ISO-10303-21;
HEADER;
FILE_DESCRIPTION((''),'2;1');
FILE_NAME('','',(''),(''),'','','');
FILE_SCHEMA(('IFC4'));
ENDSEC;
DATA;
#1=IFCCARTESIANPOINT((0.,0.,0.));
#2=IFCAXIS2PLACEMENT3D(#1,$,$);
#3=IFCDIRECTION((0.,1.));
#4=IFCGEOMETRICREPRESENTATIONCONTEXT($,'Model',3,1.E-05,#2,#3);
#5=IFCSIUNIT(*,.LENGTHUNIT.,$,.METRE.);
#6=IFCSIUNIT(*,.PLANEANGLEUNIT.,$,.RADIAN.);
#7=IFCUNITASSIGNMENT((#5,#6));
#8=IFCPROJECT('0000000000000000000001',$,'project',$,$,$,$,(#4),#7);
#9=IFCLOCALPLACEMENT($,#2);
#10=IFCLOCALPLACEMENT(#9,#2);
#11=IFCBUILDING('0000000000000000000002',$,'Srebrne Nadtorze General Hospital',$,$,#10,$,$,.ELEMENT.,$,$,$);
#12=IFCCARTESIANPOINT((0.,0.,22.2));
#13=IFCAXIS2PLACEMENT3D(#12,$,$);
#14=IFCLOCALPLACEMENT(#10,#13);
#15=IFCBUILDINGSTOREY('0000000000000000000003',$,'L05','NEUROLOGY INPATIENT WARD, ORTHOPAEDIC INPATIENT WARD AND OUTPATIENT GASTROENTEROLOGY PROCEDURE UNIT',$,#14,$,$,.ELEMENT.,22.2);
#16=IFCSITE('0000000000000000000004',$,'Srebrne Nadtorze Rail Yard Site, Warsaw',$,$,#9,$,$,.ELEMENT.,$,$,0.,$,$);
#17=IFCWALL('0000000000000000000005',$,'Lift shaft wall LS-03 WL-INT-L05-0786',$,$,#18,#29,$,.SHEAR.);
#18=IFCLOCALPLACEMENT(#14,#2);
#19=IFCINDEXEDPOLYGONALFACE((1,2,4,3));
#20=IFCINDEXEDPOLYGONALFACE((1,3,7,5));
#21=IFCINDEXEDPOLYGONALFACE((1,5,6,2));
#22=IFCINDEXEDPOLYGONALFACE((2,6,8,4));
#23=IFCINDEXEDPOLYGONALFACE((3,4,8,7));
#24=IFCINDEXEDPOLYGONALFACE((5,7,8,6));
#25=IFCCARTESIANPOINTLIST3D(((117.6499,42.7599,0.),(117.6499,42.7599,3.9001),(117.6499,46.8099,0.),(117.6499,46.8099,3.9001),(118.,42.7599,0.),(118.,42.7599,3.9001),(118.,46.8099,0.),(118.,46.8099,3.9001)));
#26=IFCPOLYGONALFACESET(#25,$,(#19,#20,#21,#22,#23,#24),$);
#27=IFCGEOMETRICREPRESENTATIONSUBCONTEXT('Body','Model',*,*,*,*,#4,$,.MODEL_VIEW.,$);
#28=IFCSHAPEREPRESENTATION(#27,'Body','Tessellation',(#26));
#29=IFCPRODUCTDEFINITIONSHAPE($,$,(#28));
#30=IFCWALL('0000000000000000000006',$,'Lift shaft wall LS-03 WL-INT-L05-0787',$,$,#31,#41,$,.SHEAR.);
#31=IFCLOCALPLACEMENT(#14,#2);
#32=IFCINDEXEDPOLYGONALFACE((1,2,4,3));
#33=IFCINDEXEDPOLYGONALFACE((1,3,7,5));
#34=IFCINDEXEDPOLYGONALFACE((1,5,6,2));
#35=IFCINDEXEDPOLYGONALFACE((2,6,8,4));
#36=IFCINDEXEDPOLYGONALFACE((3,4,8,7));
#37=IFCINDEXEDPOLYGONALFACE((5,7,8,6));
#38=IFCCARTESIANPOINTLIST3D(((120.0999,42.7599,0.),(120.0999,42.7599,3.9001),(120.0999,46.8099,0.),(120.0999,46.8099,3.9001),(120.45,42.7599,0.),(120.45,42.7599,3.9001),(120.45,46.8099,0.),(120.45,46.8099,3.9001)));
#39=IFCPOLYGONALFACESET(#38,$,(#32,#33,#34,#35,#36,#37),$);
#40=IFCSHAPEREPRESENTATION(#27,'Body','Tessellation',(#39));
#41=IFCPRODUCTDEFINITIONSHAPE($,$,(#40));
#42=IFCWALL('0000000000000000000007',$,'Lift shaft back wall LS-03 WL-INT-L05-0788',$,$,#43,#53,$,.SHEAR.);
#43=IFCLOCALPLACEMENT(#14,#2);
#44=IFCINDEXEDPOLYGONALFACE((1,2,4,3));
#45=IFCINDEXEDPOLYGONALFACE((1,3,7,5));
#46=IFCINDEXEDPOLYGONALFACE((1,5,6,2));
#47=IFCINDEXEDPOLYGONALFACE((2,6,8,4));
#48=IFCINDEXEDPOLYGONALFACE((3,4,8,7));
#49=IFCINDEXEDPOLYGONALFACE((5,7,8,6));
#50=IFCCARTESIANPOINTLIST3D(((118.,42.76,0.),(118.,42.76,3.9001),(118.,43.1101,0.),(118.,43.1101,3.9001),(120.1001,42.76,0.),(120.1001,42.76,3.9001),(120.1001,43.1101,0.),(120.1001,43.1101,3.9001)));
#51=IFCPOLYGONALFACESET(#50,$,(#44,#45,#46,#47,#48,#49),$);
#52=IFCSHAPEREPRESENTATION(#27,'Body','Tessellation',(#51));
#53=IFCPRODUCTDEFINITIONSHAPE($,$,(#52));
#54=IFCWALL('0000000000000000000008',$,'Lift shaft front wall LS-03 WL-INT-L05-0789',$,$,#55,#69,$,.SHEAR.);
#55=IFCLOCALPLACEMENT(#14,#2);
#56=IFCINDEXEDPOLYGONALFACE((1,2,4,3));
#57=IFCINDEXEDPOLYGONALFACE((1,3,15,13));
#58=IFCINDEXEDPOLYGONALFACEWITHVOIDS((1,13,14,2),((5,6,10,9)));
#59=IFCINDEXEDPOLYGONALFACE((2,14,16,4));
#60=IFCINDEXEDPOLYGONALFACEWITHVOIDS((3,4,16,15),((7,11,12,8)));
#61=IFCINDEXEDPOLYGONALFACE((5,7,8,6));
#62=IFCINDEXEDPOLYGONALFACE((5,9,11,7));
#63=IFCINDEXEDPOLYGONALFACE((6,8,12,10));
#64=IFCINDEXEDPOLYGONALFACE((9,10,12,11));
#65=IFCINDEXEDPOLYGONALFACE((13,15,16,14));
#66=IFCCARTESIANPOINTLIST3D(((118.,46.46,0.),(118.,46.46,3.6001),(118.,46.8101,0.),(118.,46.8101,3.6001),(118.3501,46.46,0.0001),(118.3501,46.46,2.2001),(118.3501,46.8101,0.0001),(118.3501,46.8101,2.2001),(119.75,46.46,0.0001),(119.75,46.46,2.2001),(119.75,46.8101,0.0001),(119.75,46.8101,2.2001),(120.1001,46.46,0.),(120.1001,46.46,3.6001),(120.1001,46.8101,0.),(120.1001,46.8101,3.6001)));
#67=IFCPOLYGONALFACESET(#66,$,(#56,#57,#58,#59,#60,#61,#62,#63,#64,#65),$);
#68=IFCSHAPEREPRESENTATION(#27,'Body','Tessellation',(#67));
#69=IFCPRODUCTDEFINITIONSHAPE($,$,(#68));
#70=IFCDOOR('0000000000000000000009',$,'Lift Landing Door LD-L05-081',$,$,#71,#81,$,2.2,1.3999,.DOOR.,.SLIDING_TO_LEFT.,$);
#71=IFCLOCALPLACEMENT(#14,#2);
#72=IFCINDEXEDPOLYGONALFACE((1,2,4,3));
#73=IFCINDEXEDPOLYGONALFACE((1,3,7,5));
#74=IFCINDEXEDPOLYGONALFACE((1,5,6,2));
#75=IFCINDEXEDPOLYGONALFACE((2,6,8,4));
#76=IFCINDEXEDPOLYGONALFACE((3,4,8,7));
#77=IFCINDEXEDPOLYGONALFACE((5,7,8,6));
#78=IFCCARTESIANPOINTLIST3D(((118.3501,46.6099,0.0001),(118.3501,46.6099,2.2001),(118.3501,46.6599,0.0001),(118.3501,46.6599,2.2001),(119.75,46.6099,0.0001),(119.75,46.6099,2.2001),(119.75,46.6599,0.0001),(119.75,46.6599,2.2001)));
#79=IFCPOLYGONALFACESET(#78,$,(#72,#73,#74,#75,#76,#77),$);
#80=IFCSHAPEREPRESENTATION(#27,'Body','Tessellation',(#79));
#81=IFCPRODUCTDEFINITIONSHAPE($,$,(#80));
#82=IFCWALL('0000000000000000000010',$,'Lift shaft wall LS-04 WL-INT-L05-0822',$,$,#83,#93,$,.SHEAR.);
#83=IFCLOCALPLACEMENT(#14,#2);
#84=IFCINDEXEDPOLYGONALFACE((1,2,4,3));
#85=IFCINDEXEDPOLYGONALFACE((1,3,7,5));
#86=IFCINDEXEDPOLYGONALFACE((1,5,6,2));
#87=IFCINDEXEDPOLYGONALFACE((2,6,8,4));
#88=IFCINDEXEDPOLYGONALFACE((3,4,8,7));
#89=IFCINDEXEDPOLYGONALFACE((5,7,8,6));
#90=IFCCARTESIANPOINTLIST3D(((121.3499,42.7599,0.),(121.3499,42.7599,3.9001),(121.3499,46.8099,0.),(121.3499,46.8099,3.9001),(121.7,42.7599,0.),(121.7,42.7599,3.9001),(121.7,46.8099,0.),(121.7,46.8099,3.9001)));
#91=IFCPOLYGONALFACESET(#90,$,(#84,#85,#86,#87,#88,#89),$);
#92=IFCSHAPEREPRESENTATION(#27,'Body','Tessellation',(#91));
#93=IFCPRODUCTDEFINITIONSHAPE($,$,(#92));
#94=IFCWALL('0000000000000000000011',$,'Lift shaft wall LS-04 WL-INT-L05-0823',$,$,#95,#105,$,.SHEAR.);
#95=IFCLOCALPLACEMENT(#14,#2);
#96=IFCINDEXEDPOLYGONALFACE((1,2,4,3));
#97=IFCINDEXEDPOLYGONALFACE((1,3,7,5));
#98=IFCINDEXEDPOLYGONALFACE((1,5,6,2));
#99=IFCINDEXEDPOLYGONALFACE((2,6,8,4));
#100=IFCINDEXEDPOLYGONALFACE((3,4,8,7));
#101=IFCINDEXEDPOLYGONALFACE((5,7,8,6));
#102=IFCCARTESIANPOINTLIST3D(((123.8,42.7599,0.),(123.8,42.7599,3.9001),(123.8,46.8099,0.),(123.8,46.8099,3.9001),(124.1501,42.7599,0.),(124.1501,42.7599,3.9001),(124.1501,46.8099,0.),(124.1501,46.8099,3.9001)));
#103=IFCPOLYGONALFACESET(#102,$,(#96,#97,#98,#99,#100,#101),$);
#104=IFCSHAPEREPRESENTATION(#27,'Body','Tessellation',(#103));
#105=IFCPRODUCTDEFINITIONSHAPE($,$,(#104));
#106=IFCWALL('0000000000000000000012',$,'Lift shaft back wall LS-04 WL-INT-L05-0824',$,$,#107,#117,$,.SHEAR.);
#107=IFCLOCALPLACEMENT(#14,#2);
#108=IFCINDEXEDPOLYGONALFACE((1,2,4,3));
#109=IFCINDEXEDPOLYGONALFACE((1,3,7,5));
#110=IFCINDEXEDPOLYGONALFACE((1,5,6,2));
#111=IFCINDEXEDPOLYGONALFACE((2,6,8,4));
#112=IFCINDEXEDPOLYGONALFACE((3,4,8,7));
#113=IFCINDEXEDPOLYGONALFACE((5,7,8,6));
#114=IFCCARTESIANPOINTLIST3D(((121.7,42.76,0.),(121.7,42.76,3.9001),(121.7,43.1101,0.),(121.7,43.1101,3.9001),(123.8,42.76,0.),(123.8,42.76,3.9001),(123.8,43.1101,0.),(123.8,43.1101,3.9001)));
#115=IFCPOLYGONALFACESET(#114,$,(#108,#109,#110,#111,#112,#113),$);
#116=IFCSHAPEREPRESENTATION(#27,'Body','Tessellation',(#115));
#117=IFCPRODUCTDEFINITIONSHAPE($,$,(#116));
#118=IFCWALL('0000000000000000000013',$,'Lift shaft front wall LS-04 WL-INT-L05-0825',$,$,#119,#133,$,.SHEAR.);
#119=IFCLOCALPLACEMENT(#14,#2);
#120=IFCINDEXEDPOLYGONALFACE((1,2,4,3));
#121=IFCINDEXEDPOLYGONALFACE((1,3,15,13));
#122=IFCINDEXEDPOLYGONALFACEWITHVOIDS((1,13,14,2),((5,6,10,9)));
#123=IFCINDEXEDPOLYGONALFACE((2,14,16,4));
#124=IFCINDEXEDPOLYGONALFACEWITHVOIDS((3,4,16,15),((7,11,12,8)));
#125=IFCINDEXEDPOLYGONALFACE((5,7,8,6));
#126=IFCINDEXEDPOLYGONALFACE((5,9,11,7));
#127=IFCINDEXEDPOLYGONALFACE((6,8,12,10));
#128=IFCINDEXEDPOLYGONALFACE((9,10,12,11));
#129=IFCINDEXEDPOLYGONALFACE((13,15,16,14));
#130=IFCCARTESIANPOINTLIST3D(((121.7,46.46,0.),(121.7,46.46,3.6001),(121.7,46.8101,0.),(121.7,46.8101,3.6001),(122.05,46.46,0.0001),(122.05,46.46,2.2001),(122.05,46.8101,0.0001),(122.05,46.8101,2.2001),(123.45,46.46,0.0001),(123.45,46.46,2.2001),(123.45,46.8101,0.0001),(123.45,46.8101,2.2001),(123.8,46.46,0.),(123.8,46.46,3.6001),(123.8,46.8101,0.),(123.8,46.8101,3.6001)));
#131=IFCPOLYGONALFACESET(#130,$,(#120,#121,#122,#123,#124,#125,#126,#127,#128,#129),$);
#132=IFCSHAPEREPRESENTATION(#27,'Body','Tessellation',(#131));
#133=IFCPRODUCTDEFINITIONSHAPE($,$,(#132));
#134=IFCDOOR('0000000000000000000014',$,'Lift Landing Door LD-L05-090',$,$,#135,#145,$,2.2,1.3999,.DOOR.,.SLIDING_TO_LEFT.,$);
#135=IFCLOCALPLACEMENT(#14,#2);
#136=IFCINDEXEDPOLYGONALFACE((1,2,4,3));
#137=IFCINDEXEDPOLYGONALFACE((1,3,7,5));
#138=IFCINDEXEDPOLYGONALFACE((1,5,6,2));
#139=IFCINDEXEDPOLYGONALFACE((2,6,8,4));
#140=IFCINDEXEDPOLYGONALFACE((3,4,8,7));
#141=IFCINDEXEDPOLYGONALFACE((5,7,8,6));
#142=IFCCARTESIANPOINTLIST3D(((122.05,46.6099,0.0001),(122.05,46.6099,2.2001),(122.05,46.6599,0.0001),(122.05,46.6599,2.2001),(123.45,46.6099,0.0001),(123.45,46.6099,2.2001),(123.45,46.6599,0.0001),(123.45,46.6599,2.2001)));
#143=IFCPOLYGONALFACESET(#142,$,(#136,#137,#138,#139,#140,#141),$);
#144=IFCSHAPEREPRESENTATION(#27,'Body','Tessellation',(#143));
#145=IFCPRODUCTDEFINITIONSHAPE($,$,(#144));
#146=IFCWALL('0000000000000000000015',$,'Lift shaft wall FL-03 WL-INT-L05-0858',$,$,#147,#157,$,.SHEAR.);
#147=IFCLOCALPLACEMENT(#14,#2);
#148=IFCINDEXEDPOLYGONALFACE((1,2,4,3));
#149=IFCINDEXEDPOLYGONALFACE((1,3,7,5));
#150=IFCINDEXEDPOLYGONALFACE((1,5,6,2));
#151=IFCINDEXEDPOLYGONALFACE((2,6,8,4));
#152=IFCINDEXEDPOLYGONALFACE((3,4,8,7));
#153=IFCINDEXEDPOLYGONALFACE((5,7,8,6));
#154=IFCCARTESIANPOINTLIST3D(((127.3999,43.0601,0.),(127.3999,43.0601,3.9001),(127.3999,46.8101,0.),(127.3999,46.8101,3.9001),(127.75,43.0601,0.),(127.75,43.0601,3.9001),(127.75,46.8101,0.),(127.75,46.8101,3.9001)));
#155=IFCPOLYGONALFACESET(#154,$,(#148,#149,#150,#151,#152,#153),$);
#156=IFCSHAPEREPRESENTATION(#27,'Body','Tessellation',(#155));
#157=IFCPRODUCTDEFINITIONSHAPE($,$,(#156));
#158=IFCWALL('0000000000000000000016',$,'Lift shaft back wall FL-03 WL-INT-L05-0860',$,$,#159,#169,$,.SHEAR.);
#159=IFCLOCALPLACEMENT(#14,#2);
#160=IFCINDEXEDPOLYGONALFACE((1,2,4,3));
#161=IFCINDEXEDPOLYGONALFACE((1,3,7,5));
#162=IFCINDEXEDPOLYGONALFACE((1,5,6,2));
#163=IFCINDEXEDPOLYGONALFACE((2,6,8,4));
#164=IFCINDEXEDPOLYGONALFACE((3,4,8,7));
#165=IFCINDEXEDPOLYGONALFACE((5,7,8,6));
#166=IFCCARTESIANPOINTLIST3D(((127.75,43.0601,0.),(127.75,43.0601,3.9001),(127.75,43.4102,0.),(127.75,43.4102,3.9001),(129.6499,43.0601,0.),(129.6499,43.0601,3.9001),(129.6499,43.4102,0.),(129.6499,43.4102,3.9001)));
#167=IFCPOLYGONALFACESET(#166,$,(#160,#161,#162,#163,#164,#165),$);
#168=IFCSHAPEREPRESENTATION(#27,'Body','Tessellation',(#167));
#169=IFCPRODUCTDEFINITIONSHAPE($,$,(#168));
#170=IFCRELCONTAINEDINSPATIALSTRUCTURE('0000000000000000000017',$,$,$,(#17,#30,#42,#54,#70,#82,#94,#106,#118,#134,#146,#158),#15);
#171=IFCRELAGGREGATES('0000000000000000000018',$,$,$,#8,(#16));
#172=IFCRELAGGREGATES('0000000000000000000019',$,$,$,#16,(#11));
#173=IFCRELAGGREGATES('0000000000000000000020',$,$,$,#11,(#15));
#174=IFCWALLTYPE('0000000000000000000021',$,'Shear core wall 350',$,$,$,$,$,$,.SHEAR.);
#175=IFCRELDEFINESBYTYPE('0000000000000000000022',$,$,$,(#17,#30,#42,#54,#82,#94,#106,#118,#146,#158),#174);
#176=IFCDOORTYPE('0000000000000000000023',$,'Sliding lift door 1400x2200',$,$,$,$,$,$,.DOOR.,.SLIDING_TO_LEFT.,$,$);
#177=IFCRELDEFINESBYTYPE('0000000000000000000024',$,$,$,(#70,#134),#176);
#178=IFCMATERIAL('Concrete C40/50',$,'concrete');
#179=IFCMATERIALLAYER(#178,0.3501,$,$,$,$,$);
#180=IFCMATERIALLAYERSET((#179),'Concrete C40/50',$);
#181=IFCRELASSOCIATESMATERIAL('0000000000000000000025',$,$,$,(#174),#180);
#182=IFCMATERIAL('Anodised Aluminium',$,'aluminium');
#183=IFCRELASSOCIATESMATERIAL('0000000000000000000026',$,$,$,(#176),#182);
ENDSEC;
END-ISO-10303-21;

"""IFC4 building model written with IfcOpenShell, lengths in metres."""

from ifc_helpers import new_model, si_unit, direction, frame, frame_2d, origin, place, context, subcontext, project, spatial, rectangle, extrude, material, layer, layer_set, type_object, element, fill, save


model = new_model("IFC4")

# Units and contexts
model_context = context("Model", 3, precision=1e-05, world=origin(), true_north=direction((0.0, 1.0)))
body_context = subcontext(model_context, "Body", "Model", "MODEL_VIEW")
ifc_project = project(units=[si_unit("LENGTHUNIT", "METRE"), si_unit("PLANEANGLEUNIT", "RADIAN")], contexts=[model_context])

# Site, building, storey
site_placement = place(None, origin())
site = spatial("IfcSite", under=ifc_project, at=site_placement, Name="Srebrne Nadtorze Rail Yard Site, Warsaw", CompositionType="ELEMENT", RefElevation=0.0)
building_placement = place(site_placement, origin())
building = spatial("IfcBuilding", under=site, at=building_placement, Name="Srebrne Nadtorze General Hospital", CompositionType="ELEMENT")
storey_placement = place(building_placement, frame((0.0, 0.0, 22.2)))
storey = spatial("IfcBuildingStorey", under=building, at=storey_placement, Name="L05", Description="NEUROLOGY INPATIENT WARD, ORTHOPAEDIC INPATIENT WARD AND OUTPATIENT GASTROENTEROLOGY PROCEDURE UNIT", CompositionType="ELEMENT", Elevation=22.2)

# Walls
ifc_material_1 = material(Name="Concrete C40/50", Category="concrete")
ifc_layer_1 = layer(ifc_material_1, 0.3501)
ifc_layer_set_1 = layer_set([ifc_layer_1], Name="Concrete C40/50")
wall_type_1 = type_object("IfcWallType", Name="Shear core wall 350", PredefinedType="SHEAR", material=ifc_layer_set_1)
for number, where, z_axis, x_axis, name in (
    (1, (117.825, 42.76, 0.0), (0.0, 0.0, 1.0), (0.0, 1.0, 0.0), "Lift shaft wall LS-03 WL-INT-L05-0786"),
    (2, (120.2749, 42.76, 0.0), (0.0, 0.0, 1.0), (0.0, 1.0, 0.0), "Lift shaft wall LS-03 WL-INT-L05-0787"),
):
    element("IfcWall", number, at=place(storey_placement, frame(where, z_axis=z_axis, x_axis=x_axis)), inside=storey, type_object=wall_type_1, Name=name, PredefinedType="SHEAR", context=body_context, shape_type="SweptSolid", body=[
        extrude(rectangle(XDim=4.05, YDim=0.3501, at=frame_2d((2.0249, 0.0))), origin(), (0.0, 0.0, 1.0), 3.9001),
    ])
wall_1_placement = place(storey_placement, frame((118.0, 42.9351, 0.0), z_axis=(0.0, 0.0, 1.0), x_axis=(1.0, 0.0, 0.0)))
element("IfcWall", 3, at=wall_1_placement, inside=storey, type_object=wall_type_1, Name="Lift shaft back wall LS-03 WL-INT-L05-0788", PredefinedType="SHEAR", context=body_context, shape_type="SweptSolid", body=[
    extrude(rectangle(XDim=2.1001, YDim=0.3501, at=frame_2d((1.05, 0.0))), origin(), (0.0, 0.0, 1.0), 3.9001),
])

# Wall, opening, door
wall_2_placement = place(storey_placement, frame((118.0, 46.635, 0.0), z_axis=(0.0, 0.0, 1.0), x_axis=(1.0, 0.0, 0.0)))
wall_2 = element("IfcWall", 4, at=wall_2_placement, inside=storey, type_object=wall_type_1, Name="Lift shaft front wall LS-03 WL-INT-L05-0789", PredefinedType="SHEAR", context=body_context, shape_type="SweptSolid", body=[
    extrude(rectangle(XDim=2.1001, YDim=0.3501, at=frame_2d((1.05, 0.0))), origin(), (0.0, 0.0, 1.0), 3.6001),
])
opening_1_placement = place(wall_2_placement, frame((0.3501, 0.0, 0.0)))
opening_1 = element("IfcOpeningElement", 5, at=opening_1_placement, cuts=wall_2, PredefinedType="OPENING", context=body_context, shape_type="SweptSolid", body=[
    extrude(rectangle(XDim=1.3999, YDim=2.2, at=frame_2d((0.7, 1.1001))), frame((0.0, 0.187, 0.0), z_axis=(0.0, -1.0, 0.0), x_axis=(1.0, 0.0, 0.0)), (0.0, 0.0, 1.0), 0.374),
])
ifc_material_2 = material(Name="Anodised Aluminium", Category="aluminium")
door_type_1 = type_object("IfcDoorType", Name="Sliding lift door 1400x2200", OperationType="SLIDING_TO_LEFT", PredefinedType="DOOR", material=ifc_material_2)
door_1_placement = place(opening_1_placement, origin())
door_1 = element("IfcDoor", 6, at=door_1_placement, inside=storey, type_object=door_type_1, Name="Lift Landing Door LD-L05-081", OperationType="SLIDING_TO_LEFT", OverallHeight=2.2, OverallWidth=1.3999, PredefinedType="DOOR", context=body_context, shape_type="SweptSolid", body=[
    extrude(rectangle(XDim=1.3999, YDim=2.2, at=frame_2d((0.7, 1.1001))), frame((0.0, 0.0249, 0.0), z_axis=(0.0, -1.0, 0.0), x_axis=(1.0, 0.0, 0.0)), (0.0, 0.0, 1.0), 0.05),
])
fill(opening_1, door_1)

# Walls
for number, where, z_axis, x_axis, name in (
    (7, (121.5249, 42.76, 0.0), (0.0, 0.0, 1.0), (0.0, 1.0, 0.0), "Lift shaft wall LS-04 WL-INT-L05-0822"),
    (8, (123.9751, 42.76, 0.0), (0.0, 0.0, 1.0), (0.0, 1.0, 0.0), "Lift shaft wall LS-04 WL-INT-L05-0823"),
):
    element("IfcWall", number, at=place(storey_placement, frame(where, z_axis=z_axis, x_axis=x_axis)), inside=storey, type_object=wall_type_1, Name=name, PredefinedType="SHEAR", context=body_context, shape_type="SweptSolid", body=[
        extrude(rectangle(XDim=4.05, YDim=0.3501, at=frame_2d((2.0249, 0.0))), origin(), (0.0, 0.0, 1.0), 3.9001),
    ])
wall_3_placement = place(storey_placement, frame((121.7, 42.9351, 0.0), z_axis=(0.0, 0.0, 1.0), x_axis=(1.0, 0.0, 0.0)))
element("IfcWall", 9, at=wall_3_placement, inside=storey, type_object=wall_type_1, Name="Lift shaft back wall LS-04 WL-INT-L05-0824", PredefinedType="SHEAR", context=body_context, shape_type="SweptSolid", body=[
    extrude(rectangle(XDim=2.1001, YDim=0.3501, at=frame_2d((1.05, 0.0))), origin(), (0.0, 0.0, 1.0), 3.9001),
])

# Wall, opening, door
wall_4_placement = place(storey_placement, frame((121.7, 46.635, 0.0), z_axis=(0.0, 0.0, 1.0), x_axis=(1.0, 0.0, 0.0)))
wall_4 = element("IfcWall", 10, at=wall_4_placement, inside=storey, type_object=wall_type_1, Name="Lift shaft front wall LS-04 WL-INT-L05-0825", PredefinedType="SHEAR", context=body_context, shape_type="SweptSolid", body=[
    extrude(rectangle(XDim=2.1001, YDim=0.3501, at=frame_2d((1.05, 0.0))), origin(), (0.0, 0.0, 1.0), 3.6001),
])
opening_2_placement = place(wall_4_placement, frame((0.3501, 0.0, 0.0)))
opening_2 = element("IfcOpeningElement", 11, at=opening_2_placement, cuts=wall_4, PredefinedType="OPENING", context=body_context, shape_type="SweptSolid", body=[
    extrude(rectangle(XDim=1.3999, YDim=2.2, at=frame_2d((0.7, 1.1001))), frame((0.0, 0.187, 0.0), z_axis=(0.0, -1.0, 0.0), x_axis=(1.0, 0.0, 0.0)), (0.0, 0.0, 1.0), 0.374),
])
door_2_placement = place(opening_2_placement, origin())
door_2 = element("IfcDoor", 12, at=door_2_placement, inside=storey, type_object=door_type_1, Name="Lift Landing Door LD-L05-090", OperationType="SLIDING_TO_LEFT", OverallHeight=2.2, OverallWidth=1.3999, PredefinedType="DOOR", context=body_context, shape_type="SweptSolid", body=[
    extrude(rectangle(XDim=1.3999, YDim=2.2, at=frame_2d((0.7, 1.1001))), frame((0.0, 0.0249, 0.0), z_axis=(0.0, -1.0, 0.0), x_axis=(1.0, 0.0, 0.0)), (0.0, 0.0, 1.0), 0.05),
])
fill(opening_2, door_2)

# Walls
wall_5_placement = place(storey_placement, frame((127.575, 43.0601, 0.0), z_axis=(0.0, 0.0, 1.0), x_axis=(0.0, 1.0, 0.0)))
element("IfcWall", 13, at=wall_5_placement, inside=storey, type_object=wall_type_1, Name="Lift shaft wall FL-03 WL-INT-L05-0858", PredefinedType="SHEAR", context=body_context, shape_type="SweptSolid", body=[
    extrude(rectangle(XDim=3.75, YDim=0.3501, at=frame_2d((1.875, 0.0))), origin(), (0.0, 0.0, 1.0), 3.9001),
])
wall_6_placement = place(storey_placement, frame((127.75, 43.2351, 0.0), z_axis=(0.0, 0.0, 1.0), x_axis=(1.0, 0.0, 0.0)))
element("IfcWall", 14, at=wall_6_placement, inside=storey, type_object=wall_type_1, Name="Lift shaft back wall FL-03 WL-INT-L05-0860", PredefinedType="SHEAR", context=body_context, shape_type="SweptSolid", body=[
    extrude(rectangle(XDim=1.8999, YDim=0.3501, at=frame_2d((0.95, 0.0))), origin(), (0.0, 0.0, 1.0), 3.9001),
])

save(model, "model.ifc")
